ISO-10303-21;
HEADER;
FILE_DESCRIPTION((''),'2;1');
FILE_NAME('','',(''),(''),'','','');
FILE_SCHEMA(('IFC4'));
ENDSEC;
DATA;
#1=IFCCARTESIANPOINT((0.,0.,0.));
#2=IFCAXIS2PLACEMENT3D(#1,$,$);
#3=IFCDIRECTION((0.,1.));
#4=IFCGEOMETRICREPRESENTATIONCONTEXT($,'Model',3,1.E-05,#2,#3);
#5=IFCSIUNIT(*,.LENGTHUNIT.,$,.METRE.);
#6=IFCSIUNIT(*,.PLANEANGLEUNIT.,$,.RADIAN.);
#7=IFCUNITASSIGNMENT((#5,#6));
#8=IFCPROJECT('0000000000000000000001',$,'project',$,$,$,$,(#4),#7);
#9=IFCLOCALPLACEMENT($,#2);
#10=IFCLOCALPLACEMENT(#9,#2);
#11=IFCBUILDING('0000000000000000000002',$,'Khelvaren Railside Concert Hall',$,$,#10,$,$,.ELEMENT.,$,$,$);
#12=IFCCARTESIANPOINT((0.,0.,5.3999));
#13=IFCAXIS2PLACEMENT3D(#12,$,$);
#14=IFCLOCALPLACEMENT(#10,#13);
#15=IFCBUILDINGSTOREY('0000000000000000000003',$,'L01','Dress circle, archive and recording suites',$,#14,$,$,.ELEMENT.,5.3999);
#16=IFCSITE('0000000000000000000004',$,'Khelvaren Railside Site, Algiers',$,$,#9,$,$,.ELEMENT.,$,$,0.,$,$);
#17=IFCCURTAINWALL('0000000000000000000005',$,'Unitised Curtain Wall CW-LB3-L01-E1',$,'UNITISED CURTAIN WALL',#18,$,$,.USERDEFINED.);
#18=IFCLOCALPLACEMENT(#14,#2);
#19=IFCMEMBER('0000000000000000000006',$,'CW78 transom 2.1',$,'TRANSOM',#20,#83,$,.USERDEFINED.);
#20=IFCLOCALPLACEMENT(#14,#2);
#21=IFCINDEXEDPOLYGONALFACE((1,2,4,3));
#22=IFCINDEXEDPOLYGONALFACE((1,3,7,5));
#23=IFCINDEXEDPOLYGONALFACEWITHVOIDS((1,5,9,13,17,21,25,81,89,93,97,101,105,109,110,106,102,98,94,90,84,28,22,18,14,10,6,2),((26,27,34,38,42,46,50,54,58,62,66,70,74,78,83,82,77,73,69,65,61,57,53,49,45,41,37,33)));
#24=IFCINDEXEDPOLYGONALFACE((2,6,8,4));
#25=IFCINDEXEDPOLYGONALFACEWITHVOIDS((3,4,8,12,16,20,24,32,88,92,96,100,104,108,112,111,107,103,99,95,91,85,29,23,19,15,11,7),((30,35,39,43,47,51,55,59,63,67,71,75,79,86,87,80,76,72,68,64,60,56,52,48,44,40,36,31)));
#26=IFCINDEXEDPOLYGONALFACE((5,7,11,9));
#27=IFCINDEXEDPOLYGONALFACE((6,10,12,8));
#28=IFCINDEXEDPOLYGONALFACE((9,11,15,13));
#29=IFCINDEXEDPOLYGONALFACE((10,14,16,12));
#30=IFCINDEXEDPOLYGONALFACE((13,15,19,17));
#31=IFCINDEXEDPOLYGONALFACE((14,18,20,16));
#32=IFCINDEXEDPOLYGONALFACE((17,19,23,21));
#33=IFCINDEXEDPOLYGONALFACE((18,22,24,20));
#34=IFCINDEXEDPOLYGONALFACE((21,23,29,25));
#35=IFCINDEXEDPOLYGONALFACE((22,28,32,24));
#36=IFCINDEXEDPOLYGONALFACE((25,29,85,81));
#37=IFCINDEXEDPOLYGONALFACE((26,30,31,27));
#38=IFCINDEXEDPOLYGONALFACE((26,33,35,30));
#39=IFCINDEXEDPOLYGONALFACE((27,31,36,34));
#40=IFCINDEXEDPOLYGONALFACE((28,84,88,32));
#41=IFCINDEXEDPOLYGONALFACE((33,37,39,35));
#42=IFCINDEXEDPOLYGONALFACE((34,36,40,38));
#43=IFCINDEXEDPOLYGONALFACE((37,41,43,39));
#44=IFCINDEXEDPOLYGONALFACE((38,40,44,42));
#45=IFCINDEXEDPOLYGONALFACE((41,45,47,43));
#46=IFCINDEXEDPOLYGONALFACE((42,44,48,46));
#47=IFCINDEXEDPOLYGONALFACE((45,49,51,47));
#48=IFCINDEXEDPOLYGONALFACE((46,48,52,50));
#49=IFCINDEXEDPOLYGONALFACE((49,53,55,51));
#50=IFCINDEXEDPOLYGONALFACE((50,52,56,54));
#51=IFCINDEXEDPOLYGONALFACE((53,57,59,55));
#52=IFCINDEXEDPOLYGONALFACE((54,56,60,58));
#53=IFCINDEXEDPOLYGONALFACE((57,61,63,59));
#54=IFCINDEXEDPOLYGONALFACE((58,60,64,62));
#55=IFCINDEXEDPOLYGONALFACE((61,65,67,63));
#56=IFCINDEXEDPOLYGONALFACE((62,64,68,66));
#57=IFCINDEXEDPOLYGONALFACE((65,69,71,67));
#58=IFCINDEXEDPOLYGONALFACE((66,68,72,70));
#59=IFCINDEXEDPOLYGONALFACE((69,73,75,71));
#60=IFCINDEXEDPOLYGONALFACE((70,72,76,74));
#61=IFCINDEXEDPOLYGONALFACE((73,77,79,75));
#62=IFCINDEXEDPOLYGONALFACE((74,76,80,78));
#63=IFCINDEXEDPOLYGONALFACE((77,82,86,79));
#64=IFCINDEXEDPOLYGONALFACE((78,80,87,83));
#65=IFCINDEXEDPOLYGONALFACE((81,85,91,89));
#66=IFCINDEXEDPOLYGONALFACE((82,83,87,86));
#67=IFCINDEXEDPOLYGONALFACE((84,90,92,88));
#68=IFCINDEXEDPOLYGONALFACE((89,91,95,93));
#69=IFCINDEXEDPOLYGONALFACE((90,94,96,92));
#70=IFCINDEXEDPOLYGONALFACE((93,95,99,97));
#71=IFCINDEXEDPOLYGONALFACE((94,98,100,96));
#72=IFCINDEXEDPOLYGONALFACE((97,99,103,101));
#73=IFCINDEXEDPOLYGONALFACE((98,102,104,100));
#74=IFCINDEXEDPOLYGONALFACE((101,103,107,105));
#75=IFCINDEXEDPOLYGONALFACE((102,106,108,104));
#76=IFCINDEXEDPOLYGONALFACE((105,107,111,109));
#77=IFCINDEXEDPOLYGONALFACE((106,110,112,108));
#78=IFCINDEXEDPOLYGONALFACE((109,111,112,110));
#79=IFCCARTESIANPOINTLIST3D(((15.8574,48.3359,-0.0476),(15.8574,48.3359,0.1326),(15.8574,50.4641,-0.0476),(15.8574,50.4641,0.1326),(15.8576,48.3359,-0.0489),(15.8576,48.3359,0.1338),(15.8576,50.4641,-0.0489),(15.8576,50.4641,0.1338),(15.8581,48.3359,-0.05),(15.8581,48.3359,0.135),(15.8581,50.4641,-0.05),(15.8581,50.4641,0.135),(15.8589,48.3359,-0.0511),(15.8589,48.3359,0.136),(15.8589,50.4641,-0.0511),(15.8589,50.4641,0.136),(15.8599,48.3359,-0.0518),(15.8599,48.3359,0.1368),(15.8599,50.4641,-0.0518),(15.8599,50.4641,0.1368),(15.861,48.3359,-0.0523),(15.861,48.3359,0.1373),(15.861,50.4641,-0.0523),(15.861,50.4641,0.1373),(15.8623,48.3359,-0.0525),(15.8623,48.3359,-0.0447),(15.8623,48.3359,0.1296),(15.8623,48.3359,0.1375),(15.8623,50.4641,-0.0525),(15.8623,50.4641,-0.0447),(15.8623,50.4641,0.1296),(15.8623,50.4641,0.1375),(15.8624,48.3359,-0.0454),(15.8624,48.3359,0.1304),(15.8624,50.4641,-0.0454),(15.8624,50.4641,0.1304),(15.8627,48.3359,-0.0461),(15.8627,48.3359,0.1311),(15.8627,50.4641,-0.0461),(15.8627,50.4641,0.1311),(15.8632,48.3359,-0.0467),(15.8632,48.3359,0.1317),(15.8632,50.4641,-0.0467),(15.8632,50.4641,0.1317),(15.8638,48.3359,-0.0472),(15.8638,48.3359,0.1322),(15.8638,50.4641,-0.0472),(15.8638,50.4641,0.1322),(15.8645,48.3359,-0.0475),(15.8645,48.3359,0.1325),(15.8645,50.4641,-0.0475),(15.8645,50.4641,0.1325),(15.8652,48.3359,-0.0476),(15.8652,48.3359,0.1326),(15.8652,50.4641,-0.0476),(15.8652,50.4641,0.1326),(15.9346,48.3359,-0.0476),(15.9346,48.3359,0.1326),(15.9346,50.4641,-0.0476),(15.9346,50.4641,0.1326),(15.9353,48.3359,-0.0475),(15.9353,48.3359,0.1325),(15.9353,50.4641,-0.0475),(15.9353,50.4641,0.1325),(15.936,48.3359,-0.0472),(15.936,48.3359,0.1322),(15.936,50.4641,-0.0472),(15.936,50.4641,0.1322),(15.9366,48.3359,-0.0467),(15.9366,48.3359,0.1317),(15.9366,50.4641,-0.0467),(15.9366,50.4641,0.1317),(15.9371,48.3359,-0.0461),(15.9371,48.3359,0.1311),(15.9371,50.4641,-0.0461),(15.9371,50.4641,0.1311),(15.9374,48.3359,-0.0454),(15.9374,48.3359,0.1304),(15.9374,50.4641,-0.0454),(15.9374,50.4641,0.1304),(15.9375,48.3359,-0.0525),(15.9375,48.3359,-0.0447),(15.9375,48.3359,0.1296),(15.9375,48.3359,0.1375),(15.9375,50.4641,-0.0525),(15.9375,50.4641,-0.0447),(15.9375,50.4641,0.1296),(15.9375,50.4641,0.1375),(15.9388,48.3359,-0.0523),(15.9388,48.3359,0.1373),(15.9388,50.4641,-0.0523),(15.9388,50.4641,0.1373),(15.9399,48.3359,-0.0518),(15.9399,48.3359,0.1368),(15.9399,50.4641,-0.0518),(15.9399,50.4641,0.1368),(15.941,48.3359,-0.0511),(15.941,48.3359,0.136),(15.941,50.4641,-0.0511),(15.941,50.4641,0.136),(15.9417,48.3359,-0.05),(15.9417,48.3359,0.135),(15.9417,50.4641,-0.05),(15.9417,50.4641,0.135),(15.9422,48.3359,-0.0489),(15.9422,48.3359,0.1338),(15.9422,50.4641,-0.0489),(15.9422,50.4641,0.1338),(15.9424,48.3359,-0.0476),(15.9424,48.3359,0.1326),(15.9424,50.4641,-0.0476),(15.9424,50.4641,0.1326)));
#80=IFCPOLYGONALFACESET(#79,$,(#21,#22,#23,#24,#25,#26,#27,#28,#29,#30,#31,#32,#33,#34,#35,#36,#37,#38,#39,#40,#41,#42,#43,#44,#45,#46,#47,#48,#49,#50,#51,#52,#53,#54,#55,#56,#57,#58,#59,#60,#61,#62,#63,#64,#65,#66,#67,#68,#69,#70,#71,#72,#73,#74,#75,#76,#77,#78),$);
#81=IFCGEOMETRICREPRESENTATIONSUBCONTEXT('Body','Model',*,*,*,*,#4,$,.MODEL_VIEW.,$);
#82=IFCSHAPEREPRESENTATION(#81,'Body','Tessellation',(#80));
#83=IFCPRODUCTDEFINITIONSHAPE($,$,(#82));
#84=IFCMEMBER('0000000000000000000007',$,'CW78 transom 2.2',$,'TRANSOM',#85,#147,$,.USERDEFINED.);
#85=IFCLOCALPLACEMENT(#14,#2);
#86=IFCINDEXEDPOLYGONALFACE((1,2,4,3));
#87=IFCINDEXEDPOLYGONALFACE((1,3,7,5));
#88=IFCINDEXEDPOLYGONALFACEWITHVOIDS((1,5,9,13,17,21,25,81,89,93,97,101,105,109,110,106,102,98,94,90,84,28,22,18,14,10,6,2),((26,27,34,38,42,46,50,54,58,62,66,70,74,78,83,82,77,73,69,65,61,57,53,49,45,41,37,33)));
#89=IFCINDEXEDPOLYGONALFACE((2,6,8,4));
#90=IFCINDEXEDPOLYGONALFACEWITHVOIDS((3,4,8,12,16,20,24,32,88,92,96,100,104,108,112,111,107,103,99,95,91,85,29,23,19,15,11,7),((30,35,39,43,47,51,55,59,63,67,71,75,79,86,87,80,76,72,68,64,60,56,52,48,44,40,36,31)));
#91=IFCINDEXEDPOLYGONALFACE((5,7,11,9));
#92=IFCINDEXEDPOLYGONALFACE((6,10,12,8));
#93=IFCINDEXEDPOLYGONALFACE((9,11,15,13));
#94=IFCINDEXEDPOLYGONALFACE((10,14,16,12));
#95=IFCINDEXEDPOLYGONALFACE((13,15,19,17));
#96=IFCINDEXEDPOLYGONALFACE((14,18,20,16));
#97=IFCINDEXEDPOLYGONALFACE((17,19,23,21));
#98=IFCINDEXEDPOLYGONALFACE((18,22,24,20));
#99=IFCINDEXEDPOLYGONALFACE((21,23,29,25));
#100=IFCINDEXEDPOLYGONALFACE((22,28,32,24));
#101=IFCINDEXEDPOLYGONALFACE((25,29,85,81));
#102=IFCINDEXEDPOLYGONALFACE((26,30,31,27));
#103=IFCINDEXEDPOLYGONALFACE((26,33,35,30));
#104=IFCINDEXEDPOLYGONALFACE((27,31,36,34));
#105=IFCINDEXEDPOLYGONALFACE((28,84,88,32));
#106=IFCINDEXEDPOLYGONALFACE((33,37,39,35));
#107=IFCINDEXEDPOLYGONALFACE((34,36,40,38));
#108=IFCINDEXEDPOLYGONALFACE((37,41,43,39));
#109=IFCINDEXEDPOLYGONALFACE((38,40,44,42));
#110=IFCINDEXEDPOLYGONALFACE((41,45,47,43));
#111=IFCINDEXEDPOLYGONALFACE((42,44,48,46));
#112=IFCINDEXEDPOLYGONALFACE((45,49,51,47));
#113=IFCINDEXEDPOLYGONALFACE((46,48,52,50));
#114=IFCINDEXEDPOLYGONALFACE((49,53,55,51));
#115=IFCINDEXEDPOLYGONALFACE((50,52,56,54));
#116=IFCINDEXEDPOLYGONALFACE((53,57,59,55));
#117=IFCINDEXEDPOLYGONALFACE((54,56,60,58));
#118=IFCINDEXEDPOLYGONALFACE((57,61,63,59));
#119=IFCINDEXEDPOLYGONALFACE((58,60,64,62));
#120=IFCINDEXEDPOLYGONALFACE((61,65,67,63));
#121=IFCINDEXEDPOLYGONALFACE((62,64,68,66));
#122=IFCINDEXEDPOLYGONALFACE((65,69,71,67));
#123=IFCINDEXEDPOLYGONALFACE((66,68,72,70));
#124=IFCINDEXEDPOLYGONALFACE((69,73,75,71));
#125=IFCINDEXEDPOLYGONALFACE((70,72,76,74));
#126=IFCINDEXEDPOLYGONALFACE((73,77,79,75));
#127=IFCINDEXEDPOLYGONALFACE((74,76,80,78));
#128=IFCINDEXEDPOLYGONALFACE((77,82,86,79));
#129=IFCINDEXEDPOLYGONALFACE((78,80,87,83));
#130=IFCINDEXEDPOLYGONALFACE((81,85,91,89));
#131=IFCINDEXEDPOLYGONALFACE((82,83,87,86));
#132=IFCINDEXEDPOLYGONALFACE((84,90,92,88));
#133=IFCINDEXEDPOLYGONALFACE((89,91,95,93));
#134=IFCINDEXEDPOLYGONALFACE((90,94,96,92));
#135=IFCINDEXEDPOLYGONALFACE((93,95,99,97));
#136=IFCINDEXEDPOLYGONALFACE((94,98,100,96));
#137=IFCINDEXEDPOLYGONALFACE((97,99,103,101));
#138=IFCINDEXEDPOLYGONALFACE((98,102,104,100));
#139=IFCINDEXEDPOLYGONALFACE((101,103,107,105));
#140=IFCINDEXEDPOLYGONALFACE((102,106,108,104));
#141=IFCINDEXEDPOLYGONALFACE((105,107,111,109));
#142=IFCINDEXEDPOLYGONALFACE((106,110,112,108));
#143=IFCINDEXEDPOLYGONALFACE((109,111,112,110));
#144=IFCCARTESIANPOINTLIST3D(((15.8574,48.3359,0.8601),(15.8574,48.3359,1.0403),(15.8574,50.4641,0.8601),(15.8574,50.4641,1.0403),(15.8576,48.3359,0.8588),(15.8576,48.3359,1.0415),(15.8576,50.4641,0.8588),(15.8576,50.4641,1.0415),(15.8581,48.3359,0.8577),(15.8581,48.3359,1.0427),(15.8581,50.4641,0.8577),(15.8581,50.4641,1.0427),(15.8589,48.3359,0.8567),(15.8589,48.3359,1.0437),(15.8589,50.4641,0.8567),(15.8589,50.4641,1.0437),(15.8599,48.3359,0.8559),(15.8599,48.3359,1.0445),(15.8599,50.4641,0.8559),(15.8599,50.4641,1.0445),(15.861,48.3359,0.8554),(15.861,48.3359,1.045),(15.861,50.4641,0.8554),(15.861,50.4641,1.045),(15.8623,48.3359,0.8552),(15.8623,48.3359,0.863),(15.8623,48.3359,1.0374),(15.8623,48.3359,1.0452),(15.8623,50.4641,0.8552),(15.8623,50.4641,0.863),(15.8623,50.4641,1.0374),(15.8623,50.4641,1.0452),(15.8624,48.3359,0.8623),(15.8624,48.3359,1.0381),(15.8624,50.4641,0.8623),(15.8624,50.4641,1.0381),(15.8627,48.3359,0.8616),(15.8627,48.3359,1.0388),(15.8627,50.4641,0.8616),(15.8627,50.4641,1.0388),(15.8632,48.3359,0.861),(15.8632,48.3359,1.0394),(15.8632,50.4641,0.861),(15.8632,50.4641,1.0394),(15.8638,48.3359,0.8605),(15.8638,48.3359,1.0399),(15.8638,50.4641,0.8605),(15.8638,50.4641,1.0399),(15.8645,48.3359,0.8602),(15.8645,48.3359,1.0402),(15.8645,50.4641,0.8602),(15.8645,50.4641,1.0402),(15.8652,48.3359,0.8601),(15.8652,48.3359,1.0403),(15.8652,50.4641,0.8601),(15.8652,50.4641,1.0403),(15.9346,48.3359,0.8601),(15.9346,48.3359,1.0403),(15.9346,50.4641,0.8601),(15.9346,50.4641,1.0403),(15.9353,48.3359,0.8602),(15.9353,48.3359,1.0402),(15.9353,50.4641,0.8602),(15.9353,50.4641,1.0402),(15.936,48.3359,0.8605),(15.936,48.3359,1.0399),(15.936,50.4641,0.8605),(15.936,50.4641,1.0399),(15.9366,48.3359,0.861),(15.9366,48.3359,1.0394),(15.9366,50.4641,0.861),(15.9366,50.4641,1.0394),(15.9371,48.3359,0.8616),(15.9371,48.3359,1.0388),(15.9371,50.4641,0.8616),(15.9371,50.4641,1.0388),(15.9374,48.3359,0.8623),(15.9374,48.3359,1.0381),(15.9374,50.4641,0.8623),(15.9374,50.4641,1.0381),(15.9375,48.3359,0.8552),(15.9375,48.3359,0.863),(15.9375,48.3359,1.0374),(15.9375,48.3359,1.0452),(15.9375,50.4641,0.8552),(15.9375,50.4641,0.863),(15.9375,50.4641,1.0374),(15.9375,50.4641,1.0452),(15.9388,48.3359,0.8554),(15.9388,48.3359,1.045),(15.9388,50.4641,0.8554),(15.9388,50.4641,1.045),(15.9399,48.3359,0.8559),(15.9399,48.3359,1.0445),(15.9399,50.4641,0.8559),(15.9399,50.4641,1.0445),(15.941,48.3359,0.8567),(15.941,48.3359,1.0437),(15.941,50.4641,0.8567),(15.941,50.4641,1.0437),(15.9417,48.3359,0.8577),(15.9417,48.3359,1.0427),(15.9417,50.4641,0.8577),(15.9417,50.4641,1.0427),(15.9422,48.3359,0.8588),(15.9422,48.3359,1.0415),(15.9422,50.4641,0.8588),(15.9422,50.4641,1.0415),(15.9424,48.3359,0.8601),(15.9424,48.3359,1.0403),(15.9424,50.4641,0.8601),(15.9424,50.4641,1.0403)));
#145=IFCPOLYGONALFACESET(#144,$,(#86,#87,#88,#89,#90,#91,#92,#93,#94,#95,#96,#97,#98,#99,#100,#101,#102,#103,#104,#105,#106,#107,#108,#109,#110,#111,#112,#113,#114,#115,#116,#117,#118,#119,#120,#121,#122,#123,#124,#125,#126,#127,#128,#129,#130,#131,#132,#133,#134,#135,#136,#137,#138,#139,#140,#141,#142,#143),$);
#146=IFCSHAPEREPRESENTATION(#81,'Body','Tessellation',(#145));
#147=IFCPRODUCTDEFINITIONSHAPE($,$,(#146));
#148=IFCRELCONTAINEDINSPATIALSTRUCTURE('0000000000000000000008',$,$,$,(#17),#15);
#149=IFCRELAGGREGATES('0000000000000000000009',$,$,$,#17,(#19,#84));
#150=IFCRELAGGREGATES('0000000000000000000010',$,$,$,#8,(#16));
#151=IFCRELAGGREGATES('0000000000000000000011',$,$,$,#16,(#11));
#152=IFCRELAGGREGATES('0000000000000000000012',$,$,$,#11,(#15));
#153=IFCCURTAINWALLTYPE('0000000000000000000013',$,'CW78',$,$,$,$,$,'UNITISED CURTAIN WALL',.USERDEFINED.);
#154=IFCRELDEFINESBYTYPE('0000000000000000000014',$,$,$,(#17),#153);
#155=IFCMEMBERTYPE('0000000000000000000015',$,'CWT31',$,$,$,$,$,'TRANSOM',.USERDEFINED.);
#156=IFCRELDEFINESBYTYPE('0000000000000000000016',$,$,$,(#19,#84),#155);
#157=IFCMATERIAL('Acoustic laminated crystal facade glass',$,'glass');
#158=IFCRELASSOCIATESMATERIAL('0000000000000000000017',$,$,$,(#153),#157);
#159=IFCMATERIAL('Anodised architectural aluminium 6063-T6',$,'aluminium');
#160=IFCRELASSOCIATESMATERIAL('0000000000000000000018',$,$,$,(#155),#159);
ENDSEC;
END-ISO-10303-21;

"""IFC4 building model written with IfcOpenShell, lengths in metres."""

from ifc_helpers import new_model, si_unit, direction, frame, origin, origin_2d, place, context, subcontext, project, spatial, hollow_rectangle, extrude, material, material_profile, profile_set, type_object, element, aggregate, save


model = new_model("IFC4")

# Units and contexts
model_context = context("Model", 3, precision=1e-05, world=origin(), true_north=direction((0.0, 1.0)))
body_context = subcontext(model_context, "Body", "Model", "MODEL_VIEW")
ifc_project = project(units=[si_unit("LENGTHUNIT", "METRE"), si_unit("PLANEANGLEUNIT", "RADIAN")], contexts=[model_context])

# Site, building, storey
site_placement = place(None, origin())
site = spatial("IfcSite", under=ifc_project, at=site_placement, Name="Khelvaren Railside Site, Algiers", CompositionType="ELEMENT", RefElevation=0.0)
building_placement = place(site_placement, origin())
building = spatial("IfcBuilding", under=site, at=building_placement, Name="Khelvaren Railside Concert Hall", CompositionType="ELEMENT")
storey_placement = place(building_placement, frame((0.0, 0.0, 5.3999)))
storey = spatial("IfcBuildingStorey", under=building, at=storey_placement, Name="L01", Description="Dress circle, archive and recording suites", CompositionType="ELEMENT", Elevation=5.3999)

# Curtain wall
ifc_material_1 = material(Name="Acoustic laminated crystal facade glass", Category="glass")
curtain_wall_type = type_object("IfcCurtainWallType", Name="CW78", ElementType="UNITISED CURTAIN WALL", PredefinedType="USERDEFINED", material=ifc_material_1)
curtain_wall_1_placement = place(storey_placement, origin())
curtain_wall_1 = element("IfcCurtainWall", 1, at=curtain_wall_1_placement, inside=storey, type_object=curtain_wall_type, Name="Unitised Curtain Wall CW-LB3-L01-E1", ObjectType="UNITISED CURTAIN WALL", PredefinedType="USERDEFINED")
ifc_material_2 = material(Name="Anodised architectural aluminium 6063-T6", Category="aluminium")

# Members
ifc_material_profile_1 = material_profile(ifc_material_2, hollow_rectangle(XDim=0.085, YDim=0.1899, WallThickness=0.0049, InnerFilletRadius=0.0029, OuterFilletRadius=0.0049, at=origin_2d()), Name="CWT 85x190x5")
ifc_profile_set_1 = profile_set([ifc_material_profile_1], Name="Anodised architectural aluminium 6063-T6")
member_type_1 = type_object("IfcMemberType", Name="CWT31", ElementType="TRANSOM", PredefinedType="USERDEFINED", material=ifc_profile_set_1)
member_1_placement = place(storey_placement, frame((15.8999, 50.4641, 0.0425), z_axis=(0.0, -1.0, 0.0), x_axis=(1.0, 0.0, 0.0)))
member_1 = element("IfcMember", 2, at=member_1_placement, type_object=member_type_1, Name="CW78 transom 2.1", ObjectType="TRANSOM", PredefinedType="USERDEFINED", context=body_context, shape_type="SweptSolid", body=[
    extrude(hollow_rectangle(XDim=0.085, YDim=0.1899, WallThickness=0.0049, InnerFilletRadius=0.0029, OuterFilletRadius=0.0049, at=origin_2d()), origin(), (0.0, 0.0, 1.0), 2.1282),
])
member_2_placement = place(storey_placement, frame((15.8999, 50.4641, 0.9502), z_axis=(0.0, -1.0, 0.0), x_axis=(1.0, 0.0, 0.0)))
member_2 = element("IfcMember", 3, at=member_2_placement, type_object=member_type_1, Name="CW78 transom 2.2", ObjectType="TRANSOM", PredefinedType="USERDEFINED", context=body_context, shape_type="SweptSolid", body=[
    extrude(hollow_rectangle(XDim=0.085, YDim=0.1899, WallThickness=0.0049, InnerFilletRadius=0.0029, OuterFilletRadius=0.0049, at=origin_2d()), origin(), (0.0, 0.0, 1.0), 2.1282),
])

aggregate(curtain_wall_1, [member_1, member_2])

save(model, "model.ifc")
